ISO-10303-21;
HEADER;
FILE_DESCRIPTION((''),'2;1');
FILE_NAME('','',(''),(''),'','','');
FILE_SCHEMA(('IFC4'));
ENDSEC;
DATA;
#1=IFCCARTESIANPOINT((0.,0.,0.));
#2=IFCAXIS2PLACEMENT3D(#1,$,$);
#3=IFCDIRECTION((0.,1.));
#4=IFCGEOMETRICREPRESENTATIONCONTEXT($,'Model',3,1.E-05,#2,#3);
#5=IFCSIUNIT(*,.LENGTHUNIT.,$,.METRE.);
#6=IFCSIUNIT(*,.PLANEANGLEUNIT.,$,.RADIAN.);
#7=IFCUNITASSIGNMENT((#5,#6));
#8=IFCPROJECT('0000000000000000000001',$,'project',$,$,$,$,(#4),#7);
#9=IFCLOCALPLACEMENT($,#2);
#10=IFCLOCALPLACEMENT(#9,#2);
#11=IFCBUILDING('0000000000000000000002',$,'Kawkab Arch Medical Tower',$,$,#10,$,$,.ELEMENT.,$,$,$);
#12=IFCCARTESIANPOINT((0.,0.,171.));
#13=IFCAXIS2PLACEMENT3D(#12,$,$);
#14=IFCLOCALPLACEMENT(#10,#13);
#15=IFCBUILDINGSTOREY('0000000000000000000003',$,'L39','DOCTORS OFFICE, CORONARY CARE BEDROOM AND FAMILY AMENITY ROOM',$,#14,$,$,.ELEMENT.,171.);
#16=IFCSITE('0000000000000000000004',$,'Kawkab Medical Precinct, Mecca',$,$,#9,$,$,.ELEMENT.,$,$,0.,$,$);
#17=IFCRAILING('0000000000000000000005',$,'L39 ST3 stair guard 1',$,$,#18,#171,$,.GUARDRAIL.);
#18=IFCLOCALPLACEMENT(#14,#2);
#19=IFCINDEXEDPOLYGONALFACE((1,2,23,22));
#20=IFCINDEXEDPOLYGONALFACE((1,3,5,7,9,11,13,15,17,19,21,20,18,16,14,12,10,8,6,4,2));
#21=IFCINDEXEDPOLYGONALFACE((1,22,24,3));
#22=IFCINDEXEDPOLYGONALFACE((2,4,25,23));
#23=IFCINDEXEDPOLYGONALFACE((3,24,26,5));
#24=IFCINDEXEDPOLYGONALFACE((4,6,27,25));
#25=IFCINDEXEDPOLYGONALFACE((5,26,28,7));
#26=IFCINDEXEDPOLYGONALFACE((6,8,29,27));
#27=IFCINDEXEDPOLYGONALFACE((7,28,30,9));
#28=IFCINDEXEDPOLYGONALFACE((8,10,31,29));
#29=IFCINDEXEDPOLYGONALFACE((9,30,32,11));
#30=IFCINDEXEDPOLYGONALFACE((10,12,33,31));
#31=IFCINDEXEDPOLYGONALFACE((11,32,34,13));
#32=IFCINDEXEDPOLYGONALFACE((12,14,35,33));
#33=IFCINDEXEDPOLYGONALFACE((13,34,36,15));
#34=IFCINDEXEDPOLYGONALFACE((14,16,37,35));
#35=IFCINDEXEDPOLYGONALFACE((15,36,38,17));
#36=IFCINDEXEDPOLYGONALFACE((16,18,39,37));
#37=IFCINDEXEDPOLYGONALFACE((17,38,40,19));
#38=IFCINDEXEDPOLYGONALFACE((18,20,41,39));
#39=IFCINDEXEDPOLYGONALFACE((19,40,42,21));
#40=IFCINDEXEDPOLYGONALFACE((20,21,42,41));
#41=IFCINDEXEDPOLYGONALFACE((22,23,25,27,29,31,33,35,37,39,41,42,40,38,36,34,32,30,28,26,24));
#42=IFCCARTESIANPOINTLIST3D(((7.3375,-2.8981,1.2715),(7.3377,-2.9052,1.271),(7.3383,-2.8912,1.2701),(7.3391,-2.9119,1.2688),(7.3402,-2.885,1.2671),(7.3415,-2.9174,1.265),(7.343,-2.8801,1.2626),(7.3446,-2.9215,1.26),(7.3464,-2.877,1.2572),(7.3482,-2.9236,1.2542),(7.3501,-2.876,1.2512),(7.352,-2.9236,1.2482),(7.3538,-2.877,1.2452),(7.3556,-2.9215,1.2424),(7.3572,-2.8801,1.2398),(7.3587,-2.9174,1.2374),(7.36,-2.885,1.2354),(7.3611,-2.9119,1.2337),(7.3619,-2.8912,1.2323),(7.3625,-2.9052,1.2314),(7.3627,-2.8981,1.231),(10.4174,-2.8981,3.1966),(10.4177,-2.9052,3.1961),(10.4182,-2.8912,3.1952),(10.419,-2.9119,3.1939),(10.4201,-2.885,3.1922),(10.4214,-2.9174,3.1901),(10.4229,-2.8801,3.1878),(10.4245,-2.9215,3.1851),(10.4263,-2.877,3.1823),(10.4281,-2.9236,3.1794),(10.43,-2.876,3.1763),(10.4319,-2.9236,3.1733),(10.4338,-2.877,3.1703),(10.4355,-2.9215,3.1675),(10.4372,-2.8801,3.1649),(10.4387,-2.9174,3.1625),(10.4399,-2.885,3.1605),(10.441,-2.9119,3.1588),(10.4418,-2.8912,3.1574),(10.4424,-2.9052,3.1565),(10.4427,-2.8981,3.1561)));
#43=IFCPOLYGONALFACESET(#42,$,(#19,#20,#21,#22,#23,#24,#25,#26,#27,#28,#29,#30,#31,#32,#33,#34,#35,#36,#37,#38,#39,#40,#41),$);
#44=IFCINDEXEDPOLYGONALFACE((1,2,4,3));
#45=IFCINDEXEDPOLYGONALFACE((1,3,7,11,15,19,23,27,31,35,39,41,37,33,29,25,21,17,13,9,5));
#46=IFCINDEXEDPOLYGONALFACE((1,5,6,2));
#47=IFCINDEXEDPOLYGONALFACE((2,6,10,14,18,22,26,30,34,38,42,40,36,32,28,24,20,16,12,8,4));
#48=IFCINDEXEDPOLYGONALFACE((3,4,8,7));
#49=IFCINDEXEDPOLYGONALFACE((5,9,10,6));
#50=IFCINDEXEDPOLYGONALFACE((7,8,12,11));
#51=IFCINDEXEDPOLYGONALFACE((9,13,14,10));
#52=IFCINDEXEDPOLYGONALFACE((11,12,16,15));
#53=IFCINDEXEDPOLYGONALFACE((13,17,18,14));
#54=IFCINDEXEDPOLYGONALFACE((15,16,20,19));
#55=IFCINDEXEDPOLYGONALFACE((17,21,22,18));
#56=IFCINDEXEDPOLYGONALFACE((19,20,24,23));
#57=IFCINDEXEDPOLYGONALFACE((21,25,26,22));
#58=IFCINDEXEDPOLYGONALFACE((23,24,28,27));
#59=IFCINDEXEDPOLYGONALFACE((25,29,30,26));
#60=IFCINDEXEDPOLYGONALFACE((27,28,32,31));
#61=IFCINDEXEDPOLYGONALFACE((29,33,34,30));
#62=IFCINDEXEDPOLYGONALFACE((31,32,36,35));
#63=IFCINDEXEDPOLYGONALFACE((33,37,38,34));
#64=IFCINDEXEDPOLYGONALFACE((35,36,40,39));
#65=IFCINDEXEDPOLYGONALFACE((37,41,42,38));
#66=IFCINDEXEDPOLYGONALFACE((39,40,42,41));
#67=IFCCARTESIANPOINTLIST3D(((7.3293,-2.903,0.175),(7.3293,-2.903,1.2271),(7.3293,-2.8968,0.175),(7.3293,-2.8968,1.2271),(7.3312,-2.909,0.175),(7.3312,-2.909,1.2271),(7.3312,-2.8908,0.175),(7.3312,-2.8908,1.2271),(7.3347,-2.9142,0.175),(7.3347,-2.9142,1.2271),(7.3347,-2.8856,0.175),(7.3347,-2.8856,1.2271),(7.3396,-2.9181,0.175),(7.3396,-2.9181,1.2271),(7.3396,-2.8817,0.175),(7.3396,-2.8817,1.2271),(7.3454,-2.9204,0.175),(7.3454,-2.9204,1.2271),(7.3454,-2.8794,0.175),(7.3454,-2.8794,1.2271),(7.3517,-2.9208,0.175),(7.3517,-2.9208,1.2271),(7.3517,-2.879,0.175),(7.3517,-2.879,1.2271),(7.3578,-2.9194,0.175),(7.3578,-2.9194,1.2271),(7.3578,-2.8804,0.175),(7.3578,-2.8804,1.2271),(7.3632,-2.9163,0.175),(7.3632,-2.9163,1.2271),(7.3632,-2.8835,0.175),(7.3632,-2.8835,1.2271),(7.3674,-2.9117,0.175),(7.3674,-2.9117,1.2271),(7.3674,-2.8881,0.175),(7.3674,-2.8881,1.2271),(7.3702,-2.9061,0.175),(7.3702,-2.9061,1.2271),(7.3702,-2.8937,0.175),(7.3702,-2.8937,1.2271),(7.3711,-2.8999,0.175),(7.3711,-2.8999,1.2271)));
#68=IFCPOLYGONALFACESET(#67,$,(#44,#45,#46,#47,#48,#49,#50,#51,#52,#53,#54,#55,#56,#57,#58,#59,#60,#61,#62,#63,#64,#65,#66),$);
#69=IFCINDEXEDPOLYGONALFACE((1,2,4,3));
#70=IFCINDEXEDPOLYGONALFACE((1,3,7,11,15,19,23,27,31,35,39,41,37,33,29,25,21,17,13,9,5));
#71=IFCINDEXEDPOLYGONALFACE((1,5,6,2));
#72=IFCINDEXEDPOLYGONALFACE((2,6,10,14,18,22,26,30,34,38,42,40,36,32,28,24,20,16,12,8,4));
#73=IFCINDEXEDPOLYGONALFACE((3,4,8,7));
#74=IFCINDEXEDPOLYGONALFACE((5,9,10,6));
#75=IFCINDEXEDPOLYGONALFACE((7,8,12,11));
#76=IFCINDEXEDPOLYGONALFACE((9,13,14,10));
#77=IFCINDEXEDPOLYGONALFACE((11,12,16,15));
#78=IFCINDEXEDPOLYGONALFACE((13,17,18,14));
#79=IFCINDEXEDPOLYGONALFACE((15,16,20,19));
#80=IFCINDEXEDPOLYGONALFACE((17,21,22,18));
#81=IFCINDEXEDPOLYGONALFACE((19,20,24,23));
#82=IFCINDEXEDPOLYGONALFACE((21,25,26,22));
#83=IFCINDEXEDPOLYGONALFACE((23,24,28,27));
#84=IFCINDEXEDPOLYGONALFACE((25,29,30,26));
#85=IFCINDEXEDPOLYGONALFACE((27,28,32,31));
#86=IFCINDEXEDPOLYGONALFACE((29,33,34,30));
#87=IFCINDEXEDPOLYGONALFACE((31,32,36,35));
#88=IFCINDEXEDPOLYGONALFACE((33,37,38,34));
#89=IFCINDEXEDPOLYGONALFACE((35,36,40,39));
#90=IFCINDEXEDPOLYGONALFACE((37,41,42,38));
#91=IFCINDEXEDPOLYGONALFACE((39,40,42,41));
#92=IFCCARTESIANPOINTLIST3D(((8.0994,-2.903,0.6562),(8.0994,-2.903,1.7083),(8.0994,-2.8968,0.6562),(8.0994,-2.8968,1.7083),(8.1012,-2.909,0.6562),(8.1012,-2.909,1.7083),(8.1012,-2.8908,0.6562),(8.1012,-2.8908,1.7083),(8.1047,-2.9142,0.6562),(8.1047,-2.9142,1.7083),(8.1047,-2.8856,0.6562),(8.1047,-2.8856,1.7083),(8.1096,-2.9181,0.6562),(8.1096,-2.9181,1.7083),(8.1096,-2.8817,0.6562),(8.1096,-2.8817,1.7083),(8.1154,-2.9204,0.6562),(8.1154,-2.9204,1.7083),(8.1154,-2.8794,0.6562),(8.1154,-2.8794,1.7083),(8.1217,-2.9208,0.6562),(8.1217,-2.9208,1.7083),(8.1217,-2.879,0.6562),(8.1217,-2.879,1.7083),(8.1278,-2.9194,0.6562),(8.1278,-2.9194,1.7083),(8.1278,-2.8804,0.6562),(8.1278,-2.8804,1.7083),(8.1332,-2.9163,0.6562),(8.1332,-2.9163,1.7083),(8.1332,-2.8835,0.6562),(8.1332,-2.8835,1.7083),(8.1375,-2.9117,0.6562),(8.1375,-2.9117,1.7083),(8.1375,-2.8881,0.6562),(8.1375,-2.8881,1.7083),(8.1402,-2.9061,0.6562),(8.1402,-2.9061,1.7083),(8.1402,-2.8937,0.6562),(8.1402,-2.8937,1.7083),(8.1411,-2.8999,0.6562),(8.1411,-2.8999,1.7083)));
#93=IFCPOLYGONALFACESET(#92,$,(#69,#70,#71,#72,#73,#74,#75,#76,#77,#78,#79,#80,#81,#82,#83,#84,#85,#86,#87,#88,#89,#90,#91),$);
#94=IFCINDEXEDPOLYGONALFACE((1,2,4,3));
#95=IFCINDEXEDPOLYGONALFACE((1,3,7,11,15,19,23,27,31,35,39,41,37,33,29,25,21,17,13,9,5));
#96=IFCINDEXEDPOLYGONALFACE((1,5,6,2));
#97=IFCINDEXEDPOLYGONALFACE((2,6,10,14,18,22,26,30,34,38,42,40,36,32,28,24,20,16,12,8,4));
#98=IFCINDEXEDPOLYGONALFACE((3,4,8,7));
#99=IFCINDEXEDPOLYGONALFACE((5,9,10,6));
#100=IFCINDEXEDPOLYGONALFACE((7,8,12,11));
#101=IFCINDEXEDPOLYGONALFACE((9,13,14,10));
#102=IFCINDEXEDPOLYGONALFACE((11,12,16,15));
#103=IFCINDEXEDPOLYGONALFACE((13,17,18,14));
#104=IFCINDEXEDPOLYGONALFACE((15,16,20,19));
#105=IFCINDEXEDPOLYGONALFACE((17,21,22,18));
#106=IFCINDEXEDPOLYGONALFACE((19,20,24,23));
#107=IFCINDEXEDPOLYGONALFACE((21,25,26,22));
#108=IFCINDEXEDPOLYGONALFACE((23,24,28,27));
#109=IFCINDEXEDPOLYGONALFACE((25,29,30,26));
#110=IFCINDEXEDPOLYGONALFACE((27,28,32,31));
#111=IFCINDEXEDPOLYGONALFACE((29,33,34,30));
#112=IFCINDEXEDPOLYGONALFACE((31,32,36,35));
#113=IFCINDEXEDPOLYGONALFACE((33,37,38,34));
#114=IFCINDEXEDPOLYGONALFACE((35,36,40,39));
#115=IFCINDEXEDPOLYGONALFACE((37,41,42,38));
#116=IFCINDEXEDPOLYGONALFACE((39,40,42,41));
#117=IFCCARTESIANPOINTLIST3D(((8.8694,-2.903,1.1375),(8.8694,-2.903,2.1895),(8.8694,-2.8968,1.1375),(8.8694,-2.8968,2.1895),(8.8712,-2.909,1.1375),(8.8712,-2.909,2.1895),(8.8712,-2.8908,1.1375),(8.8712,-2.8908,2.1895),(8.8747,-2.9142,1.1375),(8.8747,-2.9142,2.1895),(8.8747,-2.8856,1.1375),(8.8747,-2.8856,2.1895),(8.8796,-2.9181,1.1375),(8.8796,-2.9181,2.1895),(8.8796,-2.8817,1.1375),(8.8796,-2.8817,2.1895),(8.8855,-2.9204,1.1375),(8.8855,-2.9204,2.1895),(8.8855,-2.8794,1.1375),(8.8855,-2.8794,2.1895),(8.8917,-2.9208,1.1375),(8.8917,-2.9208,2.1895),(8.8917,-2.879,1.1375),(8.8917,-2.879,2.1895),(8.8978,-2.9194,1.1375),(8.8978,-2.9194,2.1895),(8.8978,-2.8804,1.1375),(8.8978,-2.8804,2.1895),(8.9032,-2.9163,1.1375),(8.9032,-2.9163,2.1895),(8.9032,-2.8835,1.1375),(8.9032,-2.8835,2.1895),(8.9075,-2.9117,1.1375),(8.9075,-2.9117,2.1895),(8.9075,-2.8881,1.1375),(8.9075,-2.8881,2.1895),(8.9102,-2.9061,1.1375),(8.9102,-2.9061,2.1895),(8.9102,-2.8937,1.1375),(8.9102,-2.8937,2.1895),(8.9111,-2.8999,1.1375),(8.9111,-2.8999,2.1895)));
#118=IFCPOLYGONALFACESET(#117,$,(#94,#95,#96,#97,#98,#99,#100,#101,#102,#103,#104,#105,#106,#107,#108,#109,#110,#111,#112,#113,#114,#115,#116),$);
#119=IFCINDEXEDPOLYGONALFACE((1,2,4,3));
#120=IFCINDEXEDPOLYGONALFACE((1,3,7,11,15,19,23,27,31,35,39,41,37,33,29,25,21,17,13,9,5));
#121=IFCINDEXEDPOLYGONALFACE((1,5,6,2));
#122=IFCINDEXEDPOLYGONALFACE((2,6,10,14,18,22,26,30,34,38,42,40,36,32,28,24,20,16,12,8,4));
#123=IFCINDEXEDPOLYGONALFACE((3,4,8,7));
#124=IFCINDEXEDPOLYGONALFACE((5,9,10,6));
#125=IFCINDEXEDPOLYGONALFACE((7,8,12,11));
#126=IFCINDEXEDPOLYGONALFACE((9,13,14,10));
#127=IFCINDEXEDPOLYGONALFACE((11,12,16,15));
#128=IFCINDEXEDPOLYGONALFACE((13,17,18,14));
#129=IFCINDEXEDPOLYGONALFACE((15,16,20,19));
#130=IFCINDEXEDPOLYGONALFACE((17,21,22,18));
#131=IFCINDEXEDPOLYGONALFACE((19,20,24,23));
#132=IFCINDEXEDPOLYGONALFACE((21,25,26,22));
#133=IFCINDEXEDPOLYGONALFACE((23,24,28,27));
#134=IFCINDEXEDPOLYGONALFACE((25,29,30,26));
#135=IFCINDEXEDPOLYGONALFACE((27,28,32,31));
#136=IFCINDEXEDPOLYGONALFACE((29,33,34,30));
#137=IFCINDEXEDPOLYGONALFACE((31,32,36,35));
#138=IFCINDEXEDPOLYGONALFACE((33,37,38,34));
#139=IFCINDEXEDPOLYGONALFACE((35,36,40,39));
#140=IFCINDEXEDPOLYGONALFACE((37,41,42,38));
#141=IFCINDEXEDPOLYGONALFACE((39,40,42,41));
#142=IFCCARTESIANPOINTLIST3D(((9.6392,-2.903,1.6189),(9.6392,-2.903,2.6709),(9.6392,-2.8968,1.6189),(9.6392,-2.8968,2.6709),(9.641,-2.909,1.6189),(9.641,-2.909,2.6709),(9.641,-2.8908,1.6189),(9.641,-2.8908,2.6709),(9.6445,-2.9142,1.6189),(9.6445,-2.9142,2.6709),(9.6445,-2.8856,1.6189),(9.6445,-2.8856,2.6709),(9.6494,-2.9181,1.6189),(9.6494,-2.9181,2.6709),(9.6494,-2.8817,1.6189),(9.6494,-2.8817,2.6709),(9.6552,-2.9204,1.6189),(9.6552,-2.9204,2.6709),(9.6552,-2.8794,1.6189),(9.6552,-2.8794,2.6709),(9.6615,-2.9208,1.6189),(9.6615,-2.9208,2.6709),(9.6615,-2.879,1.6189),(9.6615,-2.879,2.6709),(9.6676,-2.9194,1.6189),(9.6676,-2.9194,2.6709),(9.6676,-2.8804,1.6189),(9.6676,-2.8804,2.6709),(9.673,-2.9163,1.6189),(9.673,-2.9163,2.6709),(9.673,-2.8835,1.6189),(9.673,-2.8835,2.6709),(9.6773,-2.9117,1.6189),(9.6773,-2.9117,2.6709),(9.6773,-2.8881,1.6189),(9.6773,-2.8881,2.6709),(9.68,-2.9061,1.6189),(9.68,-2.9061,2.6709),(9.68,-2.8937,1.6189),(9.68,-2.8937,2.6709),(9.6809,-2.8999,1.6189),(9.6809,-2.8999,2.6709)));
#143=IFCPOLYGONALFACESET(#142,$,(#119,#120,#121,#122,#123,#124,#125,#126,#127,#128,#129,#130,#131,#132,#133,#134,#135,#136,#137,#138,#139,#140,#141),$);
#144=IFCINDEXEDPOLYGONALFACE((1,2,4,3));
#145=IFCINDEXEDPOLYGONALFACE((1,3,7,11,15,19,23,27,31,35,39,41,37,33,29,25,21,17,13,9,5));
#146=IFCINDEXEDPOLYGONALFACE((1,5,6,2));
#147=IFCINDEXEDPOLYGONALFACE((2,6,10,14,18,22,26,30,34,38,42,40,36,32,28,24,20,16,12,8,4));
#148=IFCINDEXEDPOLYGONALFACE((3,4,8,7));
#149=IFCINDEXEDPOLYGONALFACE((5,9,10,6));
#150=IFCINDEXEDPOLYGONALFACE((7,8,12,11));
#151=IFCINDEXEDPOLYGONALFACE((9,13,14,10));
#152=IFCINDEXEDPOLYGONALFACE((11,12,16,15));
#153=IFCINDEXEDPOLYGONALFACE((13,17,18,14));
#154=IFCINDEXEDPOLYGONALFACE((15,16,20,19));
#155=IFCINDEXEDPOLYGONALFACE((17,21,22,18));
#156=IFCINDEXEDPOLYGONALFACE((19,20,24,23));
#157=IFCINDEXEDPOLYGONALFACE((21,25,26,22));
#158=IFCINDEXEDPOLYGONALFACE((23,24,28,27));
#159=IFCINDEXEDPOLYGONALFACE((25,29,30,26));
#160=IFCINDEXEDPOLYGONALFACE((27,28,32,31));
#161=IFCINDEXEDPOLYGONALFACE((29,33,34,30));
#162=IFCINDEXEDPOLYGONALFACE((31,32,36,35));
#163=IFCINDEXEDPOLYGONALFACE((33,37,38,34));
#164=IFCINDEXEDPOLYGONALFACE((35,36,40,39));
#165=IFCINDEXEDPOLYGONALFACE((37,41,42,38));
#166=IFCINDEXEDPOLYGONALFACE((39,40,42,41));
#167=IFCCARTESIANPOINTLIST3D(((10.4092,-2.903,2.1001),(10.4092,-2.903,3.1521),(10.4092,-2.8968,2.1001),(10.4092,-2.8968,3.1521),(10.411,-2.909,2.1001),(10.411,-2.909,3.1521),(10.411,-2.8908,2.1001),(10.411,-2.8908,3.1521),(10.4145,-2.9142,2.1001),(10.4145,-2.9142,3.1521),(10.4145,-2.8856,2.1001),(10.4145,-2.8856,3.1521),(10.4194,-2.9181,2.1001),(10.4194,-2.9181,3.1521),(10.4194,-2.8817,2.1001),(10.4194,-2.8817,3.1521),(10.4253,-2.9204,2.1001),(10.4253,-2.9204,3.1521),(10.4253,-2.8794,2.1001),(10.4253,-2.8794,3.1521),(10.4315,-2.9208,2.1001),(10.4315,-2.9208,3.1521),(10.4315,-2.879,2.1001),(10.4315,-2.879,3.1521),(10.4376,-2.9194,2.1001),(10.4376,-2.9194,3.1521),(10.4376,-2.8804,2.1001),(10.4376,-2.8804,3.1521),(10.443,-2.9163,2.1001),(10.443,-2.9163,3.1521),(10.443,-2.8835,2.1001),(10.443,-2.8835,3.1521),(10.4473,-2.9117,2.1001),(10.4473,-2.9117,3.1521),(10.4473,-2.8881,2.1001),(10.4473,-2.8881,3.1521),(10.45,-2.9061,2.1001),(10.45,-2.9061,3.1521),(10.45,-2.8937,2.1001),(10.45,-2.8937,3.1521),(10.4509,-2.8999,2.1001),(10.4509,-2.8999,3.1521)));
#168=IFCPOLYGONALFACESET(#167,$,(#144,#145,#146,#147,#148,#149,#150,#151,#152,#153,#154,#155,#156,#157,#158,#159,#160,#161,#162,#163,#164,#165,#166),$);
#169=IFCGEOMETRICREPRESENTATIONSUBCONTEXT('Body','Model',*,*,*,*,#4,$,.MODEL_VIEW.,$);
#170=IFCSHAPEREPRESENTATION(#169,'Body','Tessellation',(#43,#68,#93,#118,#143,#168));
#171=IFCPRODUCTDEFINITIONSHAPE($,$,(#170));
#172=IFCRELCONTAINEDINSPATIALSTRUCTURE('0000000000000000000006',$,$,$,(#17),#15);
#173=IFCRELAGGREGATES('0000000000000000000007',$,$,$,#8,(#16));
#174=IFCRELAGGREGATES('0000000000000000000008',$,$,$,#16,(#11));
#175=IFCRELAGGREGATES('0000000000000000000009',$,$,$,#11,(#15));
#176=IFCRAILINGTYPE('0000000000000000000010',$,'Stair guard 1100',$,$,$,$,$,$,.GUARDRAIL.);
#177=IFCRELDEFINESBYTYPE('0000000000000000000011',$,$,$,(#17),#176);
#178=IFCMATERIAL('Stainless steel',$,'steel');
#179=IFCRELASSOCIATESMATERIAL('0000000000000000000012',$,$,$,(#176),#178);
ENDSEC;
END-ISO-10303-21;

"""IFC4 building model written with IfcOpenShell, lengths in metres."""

from ifc_helpers import new_model, si_unit, direction, frame, origin, origin_2d, place, context, subcontext, project, spatial, circle, extrude, material, type_object, element, save


model = new_model("IFC4")

# Units and contexts
model_context = context("Model", 3, precision=1e-05, world=origin(), true_north=direction((0.0, 1.0)))
body_context = subcontext(model_context, "Body", "Model", "MODEL_VIEW")
ifc_project = project(units=[si_unit("LENGTHUNIT", "METRE"), si_unit("PLANEANGLEUNIT", "RADIAN")], contexts=[model_context])

# Site, building, storey
site_placement = place(None, origin())
site = spatial("IfcSite", under=ifc_project, at=site_placement, Name="Kawkab Medical Precinct, Mecca", CompositionType="ELEMENT", RefElevation=0.0)
building_placement = place(site_placement, origin())
building = spatial("IfcBuilding", under=site, at=building_placement, Name="Kawkab Arch Medical Tower", CompositionType="ELEMENT")
storey_placement = place(building_placement, frame((0.0, 0.0, 171.0)))
storey = spatial("IfcBuildingStorey", under=building, at=storey_placement, Name="L39", Description="DOCTORS OFFICE, CORONARY CARE BEDROOM AND FAMILY AMENITY ROOM", CompositionType="ELEMENT", Elevation=171.0)

# Railing
ifc_material_1 = material(Name="Stainless steel", Category="steel")
railing_type = type_object("IfcRailingType", Name="Stair guard 1100", PredefinedType="GUARDRAIL", material=ifc_material_1)
railing_1_placement = place(storey_placement, frame((7.3501, -2.8999, 0.175)))
element("IfcRailing", 1, at=railing_1_placement, inside=storey, type_object=railing_type, Name="L39 ST3 stair guard 1", PredefinedType="GUARDRAIL", context=body_context, shape_type="SweptSolid", body=[
    extrude(circle(Radius=0.0239, at=origin_2d()), frame((0.0, 0.0, 1.0762), z_axis=(0.847979, 0.0, 0.530029), x_axis=(0.0, 1.0, 0.0)), (0.0, 0.0, 1.0), 3.6321),
    extrude(circle(Radius=0.021, at=origin_2d()), origin(), (0.0, 0.0, 1.0), 1.052),
    extrude(circle(Radius=0.021, at=origin_2d()), frame((0.77, 0.0, 0.4812)), (0.0, 0.0, 1.0), 1.052),
    extrude(circle(Radius=0.021, at=origin_2d()), frame((1.54, 0.0, 0.9624)), (0.0, 0.0, 1.0), 1.052),
    extrude(circle(Radius=0.021, at=origin_2d()), frame((2.3098, 0.0, 1.4438)), (0.0, 0.0, 1.0), 1.052),
    extrude(circle(Radius=0.021, at=origin_2d()), frame((3.0798, 0.0, 1.925)), (0.0, 0.0, 1.0), 1.052),
])

save(model, "model.ifc")
